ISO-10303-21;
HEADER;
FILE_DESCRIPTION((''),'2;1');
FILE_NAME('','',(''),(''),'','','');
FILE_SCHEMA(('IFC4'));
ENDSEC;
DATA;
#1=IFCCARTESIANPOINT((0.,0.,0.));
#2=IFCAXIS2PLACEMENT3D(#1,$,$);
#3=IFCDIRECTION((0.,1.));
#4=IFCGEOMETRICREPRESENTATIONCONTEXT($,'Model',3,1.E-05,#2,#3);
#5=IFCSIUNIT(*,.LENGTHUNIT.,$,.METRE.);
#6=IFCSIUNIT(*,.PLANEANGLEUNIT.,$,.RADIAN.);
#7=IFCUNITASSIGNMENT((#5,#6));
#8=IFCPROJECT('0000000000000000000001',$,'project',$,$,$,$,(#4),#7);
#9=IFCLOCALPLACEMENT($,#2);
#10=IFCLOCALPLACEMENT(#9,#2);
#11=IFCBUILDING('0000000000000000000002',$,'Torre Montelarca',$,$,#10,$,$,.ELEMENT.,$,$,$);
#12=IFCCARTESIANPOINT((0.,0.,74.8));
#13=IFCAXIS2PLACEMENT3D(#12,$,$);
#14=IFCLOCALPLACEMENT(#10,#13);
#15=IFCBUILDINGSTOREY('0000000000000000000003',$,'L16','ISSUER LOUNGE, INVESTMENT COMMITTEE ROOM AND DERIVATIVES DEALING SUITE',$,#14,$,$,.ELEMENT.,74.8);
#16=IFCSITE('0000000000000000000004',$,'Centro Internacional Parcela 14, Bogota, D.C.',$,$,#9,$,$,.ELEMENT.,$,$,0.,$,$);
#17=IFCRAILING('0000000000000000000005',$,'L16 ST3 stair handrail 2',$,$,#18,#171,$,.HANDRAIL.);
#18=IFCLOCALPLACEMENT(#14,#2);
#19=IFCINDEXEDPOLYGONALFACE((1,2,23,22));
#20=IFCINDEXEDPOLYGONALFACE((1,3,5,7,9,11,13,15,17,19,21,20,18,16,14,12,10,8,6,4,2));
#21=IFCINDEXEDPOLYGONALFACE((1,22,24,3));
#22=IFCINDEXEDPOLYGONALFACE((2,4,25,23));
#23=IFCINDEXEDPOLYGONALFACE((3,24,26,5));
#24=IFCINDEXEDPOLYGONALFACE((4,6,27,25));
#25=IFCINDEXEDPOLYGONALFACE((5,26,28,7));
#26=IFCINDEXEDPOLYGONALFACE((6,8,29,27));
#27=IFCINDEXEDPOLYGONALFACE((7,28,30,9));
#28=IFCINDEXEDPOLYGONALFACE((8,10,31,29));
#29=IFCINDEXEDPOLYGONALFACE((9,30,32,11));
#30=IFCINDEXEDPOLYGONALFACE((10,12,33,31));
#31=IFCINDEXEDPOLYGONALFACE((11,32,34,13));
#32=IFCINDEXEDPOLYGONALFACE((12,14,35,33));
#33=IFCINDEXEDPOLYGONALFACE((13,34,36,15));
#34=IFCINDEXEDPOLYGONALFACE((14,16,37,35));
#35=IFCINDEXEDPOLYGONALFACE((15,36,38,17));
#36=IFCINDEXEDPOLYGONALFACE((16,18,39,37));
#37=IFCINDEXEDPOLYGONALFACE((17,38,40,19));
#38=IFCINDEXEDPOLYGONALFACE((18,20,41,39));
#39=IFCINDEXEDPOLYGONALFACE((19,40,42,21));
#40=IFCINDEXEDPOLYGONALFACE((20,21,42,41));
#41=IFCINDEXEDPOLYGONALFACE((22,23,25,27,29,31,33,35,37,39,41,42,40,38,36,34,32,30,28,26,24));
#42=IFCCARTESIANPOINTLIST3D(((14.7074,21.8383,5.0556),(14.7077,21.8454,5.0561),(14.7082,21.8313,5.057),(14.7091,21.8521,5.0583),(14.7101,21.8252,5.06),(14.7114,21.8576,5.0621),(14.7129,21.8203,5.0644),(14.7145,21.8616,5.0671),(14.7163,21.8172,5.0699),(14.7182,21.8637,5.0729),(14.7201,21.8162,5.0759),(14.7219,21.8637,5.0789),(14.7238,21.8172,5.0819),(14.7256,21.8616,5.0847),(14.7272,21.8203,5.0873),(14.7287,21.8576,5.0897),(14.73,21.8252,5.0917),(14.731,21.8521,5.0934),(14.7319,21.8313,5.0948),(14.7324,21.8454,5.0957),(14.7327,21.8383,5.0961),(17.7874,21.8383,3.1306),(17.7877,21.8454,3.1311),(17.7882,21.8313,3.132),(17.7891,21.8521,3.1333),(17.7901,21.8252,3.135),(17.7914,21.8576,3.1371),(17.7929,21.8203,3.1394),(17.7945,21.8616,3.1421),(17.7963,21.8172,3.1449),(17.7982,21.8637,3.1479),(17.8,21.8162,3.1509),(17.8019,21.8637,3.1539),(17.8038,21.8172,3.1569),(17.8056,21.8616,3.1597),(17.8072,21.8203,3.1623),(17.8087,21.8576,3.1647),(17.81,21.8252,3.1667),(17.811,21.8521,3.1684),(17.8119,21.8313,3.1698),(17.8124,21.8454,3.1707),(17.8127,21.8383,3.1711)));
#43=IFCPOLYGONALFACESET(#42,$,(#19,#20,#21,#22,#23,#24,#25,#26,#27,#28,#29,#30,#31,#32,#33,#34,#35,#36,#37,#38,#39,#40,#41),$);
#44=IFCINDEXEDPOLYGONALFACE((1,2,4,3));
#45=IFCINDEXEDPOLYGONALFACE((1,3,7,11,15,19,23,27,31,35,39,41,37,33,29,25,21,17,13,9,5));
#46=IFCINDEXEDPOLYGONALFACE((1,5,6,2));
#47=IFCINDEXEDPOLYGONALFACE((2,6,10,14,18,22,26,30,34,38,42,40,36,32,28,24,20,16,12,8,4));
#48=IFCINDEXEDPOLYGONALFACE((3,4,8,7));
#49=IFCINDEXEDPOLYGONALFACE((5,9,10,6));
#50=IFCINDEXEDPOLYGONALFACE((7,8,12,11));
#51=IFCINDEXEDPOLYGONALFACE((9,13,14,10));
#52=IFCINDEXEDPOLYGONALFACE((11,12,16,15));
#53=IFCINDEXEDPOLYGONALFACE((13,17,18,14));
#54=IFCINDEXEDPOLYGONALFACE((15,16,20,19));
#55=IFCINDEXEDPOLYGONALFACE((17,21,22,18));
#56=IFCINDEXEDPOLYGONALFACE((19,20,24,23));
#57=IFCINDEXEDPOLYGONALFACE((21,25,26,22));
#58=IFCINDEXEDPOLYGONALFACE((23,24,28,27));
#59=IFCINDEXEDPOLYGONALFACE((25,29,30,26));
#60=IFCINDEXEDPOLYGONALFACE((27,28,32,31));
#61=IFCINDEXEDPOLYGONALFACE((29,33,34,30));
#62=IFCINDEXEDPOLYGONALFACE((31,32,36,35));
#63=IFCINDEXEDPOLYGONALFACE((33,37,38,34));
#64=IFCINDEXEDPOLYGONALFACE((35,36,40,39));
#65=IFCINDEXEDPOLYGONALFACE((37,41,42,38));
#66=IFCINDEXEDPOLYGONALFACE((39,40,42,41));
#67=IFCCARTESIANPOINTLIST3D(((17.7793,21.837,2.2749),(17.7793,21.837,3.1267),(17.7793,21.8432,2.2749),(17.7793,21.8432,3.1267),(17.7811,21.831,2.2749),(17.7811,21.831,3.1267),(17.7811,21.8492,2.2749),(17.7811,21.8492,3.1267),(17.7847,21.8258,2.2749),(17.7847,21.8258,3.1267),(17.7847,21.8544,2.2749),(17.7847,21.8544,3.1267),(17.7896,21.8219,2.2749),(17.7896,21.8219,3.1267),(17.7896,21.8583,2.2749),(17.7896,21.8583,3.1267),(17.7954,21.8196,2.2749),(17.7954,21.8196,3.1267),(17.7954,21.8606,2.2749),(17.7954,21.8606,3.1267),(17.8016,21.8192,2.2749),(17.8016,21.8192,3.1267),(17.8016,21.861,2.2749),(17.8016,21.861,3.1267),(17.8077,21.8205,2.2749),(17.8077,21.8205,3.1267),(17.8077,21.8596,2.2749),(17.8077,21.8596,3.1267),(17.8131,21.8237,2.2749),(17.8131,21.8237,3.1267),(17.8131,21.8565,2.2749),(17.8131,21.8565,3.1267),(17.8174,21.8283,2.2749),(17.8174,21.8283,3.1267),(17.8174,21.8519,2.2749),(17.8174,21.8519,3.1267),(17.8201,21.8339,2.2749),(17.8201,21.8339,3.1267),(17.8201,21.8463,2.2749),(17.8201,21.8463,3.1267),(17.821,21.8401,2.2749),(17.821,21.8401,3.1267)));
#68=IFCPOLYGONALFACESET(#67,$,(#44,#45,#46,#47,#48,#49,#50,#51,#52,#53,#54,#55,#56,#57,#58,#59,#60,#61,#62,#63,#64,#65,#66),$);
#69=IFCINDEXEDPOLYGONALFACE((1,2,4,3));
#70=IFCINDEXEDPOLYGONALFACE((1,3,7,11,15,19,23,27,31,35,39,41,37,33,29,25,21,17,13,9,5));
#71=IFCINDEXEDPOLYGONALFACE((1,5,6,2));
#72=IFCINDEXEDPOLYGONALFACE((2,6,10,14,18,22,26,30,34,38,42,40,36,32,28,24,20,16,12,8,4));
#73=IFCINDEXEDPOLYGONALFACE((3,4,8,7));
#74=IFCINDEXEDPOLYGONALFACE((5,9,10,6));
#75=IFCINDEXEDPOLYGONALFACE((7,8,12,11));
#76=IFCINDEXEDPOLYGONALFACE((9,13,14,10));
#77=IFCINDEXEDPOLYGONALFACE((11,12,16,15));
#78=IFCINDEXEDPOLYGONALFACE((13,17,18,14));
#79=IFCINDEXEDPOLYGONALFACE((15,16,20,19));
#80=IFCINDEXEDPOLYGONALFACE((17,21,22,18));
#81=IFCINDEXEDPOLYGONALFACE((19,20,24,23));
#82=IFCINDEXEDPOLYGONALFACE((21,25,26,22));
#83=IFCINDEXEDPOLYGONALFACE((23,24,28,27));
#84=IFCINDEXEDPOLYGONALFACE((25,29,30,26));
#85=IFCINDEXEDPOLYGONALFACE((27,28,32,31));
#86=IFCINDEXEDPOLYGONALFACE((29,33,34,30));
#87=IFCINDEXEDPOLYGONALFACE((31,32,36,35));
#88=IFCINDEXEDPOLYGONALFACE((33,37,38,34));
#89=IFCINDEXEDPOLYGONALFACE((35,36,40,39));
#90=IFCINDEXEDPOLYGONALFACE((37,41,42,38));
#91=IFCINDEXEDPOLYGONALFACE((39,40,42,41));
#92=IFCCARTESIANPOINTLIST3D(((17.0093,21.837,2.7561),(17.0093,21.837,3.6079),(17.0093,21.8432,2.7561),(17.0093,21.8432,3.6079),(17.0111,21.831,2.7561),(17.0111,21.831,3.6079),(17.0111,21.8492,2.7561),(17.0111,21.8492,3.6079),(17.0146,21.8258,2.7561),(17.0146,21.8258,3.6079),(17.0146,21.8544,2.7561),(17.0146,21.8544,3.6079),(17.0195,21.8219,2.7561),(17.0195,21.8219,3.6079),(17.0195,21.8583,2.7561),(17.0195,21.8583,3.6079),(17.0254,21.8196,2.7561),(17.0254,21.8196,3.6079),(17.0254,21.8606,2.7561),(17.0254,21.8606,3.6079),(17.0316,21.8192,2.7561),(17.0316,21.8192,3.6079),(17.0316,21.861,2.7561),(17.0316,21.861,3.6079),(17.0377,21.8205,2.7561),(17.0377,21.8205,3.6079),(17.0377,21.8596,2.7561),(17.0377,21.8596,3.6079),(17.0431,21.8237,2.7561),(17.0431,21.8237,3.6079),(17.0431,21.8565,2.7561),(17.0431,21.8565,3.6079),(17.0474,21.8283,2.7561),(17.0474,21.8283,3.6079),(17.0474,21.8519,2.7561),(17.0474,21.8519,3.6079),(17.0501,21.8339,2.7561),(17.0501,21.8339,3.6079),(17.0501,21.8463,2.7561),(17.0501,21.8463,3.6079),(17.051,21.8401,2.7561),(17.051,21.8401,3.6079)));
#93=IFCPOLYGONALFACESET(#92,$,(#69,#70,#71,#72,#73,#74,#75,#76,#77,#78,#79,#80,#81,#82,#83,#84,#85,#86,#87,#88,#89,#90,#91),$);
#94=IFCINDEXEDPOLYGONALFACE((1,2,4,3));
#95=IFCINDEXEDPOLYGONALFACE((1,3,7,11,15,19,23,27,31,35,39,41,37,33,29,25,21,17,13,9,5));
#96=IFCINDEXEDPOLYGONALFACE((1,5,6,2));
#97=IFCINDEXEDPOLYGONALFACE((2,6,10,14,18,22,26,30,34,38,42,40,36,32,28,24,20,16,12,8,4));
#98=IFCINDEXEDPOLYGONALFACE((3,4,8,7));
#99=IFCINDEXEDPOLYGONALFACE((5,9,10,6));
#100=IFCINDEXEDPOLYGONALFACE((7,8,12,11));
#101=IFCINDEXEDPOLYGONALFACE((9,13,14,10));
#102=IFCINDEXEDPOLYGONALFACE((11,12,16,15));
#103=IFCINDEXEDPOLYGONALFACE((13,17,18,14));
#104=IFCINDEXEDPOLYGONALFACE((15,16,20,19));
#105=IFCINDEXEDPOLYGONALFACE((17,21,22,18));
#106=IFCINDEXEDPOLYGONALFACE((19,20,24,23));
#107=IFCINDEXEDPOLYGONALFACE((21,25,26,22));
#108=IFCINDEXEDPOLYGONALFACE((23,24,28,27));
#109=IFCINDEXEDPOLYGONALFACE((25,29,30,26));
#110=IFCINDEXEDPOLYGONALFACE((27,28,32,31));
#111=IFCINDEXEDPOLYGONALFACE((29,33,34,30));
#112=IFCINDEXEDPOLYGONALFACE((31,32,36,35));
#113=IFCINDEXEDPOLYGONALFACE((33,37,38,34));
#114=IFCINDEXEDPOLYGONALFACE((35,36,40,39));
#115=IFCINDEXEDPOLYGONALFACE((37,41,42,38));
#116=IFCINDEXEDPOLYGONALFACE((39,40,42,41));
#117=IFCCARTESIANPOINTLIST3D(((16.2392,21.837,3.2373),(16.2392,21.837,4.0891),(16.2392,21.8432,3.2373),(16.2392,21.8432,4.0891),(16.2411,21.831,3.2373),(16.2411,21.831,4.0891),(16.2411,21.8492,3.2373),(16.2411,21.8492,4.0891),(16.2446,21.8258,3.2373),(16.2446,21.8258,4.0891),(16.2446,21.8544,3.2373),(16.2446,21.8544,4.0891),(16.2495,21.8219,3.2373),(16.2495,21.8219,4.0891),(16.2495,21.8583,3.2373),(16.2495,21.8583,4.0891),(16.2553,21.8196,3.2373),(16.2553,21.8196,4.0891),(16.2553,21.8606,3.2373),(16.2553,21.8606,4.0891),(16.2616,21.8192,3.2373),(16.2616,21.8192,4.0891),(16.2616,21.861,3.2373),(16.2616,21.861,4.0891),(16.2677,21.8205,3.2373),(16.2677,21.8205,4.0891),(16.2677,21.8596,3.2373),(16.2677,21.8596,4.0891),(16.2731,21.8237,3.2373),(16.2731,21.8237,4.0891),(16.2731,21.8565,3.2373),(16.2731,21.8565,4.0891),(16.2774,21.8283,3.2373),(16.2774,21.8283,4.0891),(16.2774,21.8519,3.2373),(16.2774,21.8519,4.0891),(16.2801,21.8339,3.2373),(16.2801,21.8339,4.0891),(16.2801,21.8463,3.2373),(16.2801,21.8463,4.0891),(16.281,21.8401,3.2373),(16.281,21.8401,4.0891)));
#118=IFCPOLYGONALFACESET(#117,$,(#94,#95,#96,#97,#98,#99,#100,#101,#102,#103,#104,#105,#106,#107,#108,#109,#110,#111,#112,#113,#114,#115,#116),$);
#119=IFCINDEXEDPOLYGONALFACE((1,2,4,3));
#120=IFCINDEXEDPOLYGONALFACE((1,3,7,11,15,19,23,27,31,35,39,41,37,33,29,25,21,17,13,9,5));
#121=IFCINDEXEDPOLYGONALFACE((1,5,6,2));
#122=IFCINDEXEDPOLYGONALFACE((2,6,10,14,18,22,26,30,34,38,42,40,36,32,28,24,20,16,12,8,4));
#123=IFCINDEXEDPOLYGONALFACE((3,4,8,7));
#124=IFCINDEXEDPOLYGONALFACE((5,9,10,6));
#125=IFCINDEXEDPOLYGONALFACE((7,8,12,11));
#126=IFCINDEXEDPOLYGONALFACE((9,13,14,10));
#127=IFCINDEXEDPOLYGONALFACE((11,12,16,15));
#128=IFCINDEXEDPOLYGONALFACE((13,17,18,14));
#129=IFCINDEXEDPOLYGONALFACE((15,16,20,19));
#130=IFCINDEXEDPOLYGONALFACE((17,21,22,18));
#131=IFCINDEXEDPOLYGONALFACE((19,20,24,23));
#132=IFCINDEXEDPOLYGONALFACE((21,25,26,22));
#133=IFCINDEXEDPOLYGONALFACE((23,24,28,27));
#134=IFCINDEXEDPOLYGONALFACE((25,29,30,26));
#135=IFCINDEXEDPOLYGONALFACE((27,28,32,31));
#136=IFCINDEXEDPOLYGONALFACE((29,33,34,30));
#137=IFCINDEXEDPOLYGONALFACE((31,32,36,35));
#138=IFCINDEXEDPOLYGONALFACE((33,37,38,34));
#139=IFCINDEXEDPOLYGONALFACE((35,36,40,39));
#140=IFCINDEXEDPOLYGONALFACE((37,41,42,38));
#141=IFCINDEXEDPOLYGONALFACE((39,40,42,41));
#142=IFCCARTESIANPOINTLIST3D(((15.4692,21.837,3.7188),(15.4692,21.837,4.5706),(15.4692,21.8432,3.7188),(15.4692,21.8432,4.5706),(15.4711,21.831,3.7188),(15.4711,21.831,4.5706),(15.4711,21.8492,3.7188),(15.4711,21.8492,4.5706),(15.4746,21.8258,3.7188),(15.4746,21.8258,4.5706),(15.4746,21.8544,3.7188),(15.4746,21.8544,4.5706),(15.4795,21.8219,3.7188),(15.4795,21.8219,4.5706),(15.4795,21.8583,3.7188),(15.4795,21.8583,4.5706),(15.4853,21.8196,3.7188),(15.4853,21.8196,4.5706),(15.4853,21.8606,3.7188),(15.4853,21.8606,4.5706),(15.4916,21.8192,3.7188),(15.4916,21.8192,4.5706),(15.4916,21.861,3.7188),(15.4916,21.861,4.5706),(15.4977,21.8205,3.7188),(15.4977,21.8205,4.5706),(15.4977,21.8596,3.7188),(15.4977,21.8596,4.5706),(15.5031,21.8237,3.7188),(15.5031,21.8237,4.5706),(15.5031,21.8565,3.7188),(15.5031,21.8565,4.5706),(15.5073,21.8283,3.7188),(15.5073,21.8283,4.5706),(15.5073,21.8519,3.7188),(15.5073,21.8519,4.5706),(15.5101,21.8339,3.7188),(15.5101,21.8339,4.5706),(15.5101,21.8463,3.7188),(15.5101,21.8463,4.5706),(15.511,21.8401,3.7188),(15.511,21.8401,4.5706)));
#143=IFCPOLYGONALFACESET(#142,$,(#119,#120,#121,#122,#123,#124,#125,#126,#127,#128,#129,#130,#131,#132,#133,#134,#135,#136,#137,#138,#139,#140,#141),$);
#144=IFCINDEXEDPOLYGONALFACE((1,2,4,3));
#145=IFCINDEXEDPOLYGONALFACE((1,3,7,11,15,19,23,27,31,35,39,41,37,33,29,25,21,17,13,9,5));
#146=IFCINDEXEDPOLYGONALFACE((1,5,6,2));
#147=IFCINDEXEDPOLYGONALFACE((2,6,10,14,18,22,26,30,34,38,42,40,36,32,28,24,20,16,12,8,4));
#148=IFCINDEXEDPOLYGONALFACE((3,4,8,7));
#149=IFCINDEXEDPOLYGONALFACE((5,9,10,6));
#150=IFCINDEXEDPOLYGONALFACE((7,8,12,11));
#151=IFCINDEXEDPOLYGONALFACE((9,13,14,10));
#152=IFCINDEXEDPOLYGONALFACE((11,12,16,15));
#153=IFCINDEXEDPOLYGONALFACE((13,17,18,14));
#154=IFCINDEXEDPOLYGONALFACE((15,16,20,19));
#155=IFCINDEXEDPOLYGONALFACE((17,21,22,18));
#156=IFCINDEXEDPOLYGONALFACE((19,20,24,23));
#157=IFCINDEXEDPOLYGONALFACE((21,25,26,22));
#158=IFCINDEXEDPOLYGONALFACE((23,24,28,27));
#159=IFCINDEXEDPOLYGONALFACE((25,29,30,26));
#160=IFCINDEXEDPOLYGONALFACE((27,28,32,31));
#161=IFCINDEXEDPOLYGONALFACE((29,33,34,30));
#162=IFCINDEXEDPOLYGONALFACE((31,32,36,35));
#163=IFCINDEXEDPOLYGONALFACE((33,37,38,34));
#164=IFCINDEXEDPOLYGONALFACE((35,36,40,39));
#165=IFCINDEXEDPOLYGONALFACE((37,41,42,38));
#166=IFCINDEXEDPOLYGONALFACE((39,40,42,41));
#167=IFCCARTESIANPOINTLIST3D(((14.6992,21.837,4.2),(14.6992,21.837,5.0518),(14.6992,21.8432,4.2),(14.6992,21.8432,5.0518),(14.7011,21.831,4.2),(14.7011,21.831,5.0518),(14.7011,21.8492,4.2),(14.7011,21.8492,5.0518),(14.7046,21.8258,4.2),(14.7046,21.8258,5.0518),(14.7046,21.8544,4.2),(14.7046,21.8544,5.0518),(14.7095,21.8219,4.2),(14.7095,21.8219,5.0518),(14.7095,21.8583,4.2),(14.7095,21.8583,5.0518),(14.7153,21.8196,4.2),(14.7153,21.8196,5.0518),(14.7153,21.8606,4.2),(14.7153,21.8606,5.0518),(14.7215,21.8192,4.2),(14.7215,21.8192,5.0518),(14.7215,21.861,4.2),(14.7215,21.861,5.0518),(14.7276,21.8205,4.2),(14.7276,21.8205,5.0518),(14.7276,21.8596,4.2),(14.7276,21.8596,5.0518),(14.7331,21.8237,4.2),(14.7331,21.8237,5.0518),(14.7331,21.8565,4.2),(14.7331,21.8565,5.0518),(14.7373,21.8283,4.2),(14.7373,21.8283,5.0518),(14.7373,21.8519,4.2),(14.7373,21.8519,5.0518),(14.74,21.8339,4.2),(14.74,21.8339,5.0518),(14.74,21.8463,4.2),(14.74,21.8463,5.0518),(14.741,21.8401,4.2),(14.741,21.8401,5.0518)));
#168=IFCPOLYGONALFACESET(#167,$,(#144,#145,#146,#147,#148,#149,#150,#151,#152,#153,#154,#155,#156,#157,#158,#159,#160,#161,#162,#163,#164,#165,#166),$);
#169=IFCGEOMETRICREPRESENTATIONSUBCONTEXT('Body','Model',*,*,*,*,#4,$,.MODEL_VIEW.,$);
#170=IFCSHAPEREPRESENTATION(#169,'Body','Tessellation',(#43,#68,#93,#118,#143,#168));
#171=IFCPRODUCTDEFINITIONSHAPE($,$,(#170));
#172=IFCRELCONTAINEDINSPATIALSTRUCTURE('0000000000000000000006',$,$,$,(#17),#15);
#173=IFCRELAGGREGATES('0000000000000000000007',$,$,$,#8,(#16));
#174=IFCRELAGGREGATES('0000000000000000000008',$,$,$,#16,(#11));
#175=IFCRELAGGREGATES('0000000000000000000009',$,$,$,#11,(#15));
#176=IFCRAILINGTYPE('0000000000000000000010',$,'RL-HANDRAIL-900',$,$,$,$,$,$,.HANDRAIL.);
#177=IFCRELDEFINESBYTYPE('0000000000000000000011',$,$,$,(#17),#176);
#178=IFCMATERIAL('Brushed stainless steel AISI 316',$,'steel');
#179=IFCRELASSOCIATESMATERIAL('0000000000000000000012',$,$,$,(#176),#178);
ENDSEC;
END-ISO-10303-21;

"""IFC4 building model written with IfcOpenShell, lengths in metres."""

from ifc_helpers import new_model, si_unit, direction, frame, origin, origin_2d, place, context, subcontext, project, spatial, circle, extrude, material, type_object, element, save


model = new_model("IFC4")

# Units and contexts
model_context = context("Model", 3, precision=1e-05, world=origin(), true_north=direction((0.0, 1.0)))
body_context = subcontext(model_context, "Body", "Model", "MODEL_VIEW")
ifc_project = project(units=[si_unit("LENGTHUNIT", "METRE"), si_unit("PLANEANGLEUNIT", "RADIAN")], contexts=[model_context])

# Site, building, storey
site_placement = place(None, origin())
site = spatial("IfcSite", under=ifc_project, at=site_placement, Name="Centro Internacional Parcela 14, Bogota, D.C.", CompositionType="ELEMENT", RefElevation=0.0)
building_placement = place(site_placement, origin())
building = spatial("IfcBuilding", under=site, at=building_placement, Name="Torre Montelarca", CompositionType="ELEMENT")
storey_placement = place(building_placement, frame((0.0, 0.0, 74.8)))
storey = spatial("IfcBuildingStorey", under=building, at=storey_placement, Name="L16", Description="ISSUER LOUNGE, INVESTMENT COMMITTEE ROOM AND DERIVATIVES DEALING SUITE", CompositionType="ELEMENT", Elevation=74.8)

# Railing
ifc_material_1 = material(Name="Brushed stainless steel AISI 316", Category="steel")
railing_type_1 = type_object("IfcRailingType", Name="RL-HANDRAIL-900", PredefinedType="HANDRAIL", material=ifc_material_1)
railing_1_placement = place(storey_placement, frame((17.8, 21.8401, 2.2749)))
element("IfcRailing", 1, at=railing_1_placement, inside=storey, type_object=railing_type_1, Name="L16 ST3 stair handrail 2", PredefinedType="HANDRAIL", context=body_context, shape_type="SweptSolid", body=[
    extrude(circle(Radius=0.0239, at=origin_2d()), frame((0.0, 0.0, 0.876), z_axis=(-0.847998, 0.0, 0.529999), x_axis=(0.0, -1.0, 0.0)), (0.0, 0.0, 1.0), 3.6321),
    extrude(circle(Radius=0.021, at=origin_2d()), origin(), (0.0, 0.0, 1.0), 0.8518),
    extrude(circle(Radius=0.021, at=origin_2d()), frame((-0.77, 0.0, 0.4812)), (0.0, 0.0, 1.0), 0.8518),
    extrude(circle(Radius=0.021, at=origin_2d()), frame((-1.54, 0.0, 0.9624)), (0.0, 0.0, 1.0), 0.8518),
    extrude(circle(Radius=0.021, at=origin_2d()), frame((-2.3101, 0.0, 1.4438)), (0.0, 0.0, 1.0), 0.8518),
    extrude(circle(Radius=0.021, at=origin_2d()), frame((-3.0801, 0.0, 1.925)), (0.0, 0.0, 1.0), 0.8518),
])

save(model, "model.ifc")
